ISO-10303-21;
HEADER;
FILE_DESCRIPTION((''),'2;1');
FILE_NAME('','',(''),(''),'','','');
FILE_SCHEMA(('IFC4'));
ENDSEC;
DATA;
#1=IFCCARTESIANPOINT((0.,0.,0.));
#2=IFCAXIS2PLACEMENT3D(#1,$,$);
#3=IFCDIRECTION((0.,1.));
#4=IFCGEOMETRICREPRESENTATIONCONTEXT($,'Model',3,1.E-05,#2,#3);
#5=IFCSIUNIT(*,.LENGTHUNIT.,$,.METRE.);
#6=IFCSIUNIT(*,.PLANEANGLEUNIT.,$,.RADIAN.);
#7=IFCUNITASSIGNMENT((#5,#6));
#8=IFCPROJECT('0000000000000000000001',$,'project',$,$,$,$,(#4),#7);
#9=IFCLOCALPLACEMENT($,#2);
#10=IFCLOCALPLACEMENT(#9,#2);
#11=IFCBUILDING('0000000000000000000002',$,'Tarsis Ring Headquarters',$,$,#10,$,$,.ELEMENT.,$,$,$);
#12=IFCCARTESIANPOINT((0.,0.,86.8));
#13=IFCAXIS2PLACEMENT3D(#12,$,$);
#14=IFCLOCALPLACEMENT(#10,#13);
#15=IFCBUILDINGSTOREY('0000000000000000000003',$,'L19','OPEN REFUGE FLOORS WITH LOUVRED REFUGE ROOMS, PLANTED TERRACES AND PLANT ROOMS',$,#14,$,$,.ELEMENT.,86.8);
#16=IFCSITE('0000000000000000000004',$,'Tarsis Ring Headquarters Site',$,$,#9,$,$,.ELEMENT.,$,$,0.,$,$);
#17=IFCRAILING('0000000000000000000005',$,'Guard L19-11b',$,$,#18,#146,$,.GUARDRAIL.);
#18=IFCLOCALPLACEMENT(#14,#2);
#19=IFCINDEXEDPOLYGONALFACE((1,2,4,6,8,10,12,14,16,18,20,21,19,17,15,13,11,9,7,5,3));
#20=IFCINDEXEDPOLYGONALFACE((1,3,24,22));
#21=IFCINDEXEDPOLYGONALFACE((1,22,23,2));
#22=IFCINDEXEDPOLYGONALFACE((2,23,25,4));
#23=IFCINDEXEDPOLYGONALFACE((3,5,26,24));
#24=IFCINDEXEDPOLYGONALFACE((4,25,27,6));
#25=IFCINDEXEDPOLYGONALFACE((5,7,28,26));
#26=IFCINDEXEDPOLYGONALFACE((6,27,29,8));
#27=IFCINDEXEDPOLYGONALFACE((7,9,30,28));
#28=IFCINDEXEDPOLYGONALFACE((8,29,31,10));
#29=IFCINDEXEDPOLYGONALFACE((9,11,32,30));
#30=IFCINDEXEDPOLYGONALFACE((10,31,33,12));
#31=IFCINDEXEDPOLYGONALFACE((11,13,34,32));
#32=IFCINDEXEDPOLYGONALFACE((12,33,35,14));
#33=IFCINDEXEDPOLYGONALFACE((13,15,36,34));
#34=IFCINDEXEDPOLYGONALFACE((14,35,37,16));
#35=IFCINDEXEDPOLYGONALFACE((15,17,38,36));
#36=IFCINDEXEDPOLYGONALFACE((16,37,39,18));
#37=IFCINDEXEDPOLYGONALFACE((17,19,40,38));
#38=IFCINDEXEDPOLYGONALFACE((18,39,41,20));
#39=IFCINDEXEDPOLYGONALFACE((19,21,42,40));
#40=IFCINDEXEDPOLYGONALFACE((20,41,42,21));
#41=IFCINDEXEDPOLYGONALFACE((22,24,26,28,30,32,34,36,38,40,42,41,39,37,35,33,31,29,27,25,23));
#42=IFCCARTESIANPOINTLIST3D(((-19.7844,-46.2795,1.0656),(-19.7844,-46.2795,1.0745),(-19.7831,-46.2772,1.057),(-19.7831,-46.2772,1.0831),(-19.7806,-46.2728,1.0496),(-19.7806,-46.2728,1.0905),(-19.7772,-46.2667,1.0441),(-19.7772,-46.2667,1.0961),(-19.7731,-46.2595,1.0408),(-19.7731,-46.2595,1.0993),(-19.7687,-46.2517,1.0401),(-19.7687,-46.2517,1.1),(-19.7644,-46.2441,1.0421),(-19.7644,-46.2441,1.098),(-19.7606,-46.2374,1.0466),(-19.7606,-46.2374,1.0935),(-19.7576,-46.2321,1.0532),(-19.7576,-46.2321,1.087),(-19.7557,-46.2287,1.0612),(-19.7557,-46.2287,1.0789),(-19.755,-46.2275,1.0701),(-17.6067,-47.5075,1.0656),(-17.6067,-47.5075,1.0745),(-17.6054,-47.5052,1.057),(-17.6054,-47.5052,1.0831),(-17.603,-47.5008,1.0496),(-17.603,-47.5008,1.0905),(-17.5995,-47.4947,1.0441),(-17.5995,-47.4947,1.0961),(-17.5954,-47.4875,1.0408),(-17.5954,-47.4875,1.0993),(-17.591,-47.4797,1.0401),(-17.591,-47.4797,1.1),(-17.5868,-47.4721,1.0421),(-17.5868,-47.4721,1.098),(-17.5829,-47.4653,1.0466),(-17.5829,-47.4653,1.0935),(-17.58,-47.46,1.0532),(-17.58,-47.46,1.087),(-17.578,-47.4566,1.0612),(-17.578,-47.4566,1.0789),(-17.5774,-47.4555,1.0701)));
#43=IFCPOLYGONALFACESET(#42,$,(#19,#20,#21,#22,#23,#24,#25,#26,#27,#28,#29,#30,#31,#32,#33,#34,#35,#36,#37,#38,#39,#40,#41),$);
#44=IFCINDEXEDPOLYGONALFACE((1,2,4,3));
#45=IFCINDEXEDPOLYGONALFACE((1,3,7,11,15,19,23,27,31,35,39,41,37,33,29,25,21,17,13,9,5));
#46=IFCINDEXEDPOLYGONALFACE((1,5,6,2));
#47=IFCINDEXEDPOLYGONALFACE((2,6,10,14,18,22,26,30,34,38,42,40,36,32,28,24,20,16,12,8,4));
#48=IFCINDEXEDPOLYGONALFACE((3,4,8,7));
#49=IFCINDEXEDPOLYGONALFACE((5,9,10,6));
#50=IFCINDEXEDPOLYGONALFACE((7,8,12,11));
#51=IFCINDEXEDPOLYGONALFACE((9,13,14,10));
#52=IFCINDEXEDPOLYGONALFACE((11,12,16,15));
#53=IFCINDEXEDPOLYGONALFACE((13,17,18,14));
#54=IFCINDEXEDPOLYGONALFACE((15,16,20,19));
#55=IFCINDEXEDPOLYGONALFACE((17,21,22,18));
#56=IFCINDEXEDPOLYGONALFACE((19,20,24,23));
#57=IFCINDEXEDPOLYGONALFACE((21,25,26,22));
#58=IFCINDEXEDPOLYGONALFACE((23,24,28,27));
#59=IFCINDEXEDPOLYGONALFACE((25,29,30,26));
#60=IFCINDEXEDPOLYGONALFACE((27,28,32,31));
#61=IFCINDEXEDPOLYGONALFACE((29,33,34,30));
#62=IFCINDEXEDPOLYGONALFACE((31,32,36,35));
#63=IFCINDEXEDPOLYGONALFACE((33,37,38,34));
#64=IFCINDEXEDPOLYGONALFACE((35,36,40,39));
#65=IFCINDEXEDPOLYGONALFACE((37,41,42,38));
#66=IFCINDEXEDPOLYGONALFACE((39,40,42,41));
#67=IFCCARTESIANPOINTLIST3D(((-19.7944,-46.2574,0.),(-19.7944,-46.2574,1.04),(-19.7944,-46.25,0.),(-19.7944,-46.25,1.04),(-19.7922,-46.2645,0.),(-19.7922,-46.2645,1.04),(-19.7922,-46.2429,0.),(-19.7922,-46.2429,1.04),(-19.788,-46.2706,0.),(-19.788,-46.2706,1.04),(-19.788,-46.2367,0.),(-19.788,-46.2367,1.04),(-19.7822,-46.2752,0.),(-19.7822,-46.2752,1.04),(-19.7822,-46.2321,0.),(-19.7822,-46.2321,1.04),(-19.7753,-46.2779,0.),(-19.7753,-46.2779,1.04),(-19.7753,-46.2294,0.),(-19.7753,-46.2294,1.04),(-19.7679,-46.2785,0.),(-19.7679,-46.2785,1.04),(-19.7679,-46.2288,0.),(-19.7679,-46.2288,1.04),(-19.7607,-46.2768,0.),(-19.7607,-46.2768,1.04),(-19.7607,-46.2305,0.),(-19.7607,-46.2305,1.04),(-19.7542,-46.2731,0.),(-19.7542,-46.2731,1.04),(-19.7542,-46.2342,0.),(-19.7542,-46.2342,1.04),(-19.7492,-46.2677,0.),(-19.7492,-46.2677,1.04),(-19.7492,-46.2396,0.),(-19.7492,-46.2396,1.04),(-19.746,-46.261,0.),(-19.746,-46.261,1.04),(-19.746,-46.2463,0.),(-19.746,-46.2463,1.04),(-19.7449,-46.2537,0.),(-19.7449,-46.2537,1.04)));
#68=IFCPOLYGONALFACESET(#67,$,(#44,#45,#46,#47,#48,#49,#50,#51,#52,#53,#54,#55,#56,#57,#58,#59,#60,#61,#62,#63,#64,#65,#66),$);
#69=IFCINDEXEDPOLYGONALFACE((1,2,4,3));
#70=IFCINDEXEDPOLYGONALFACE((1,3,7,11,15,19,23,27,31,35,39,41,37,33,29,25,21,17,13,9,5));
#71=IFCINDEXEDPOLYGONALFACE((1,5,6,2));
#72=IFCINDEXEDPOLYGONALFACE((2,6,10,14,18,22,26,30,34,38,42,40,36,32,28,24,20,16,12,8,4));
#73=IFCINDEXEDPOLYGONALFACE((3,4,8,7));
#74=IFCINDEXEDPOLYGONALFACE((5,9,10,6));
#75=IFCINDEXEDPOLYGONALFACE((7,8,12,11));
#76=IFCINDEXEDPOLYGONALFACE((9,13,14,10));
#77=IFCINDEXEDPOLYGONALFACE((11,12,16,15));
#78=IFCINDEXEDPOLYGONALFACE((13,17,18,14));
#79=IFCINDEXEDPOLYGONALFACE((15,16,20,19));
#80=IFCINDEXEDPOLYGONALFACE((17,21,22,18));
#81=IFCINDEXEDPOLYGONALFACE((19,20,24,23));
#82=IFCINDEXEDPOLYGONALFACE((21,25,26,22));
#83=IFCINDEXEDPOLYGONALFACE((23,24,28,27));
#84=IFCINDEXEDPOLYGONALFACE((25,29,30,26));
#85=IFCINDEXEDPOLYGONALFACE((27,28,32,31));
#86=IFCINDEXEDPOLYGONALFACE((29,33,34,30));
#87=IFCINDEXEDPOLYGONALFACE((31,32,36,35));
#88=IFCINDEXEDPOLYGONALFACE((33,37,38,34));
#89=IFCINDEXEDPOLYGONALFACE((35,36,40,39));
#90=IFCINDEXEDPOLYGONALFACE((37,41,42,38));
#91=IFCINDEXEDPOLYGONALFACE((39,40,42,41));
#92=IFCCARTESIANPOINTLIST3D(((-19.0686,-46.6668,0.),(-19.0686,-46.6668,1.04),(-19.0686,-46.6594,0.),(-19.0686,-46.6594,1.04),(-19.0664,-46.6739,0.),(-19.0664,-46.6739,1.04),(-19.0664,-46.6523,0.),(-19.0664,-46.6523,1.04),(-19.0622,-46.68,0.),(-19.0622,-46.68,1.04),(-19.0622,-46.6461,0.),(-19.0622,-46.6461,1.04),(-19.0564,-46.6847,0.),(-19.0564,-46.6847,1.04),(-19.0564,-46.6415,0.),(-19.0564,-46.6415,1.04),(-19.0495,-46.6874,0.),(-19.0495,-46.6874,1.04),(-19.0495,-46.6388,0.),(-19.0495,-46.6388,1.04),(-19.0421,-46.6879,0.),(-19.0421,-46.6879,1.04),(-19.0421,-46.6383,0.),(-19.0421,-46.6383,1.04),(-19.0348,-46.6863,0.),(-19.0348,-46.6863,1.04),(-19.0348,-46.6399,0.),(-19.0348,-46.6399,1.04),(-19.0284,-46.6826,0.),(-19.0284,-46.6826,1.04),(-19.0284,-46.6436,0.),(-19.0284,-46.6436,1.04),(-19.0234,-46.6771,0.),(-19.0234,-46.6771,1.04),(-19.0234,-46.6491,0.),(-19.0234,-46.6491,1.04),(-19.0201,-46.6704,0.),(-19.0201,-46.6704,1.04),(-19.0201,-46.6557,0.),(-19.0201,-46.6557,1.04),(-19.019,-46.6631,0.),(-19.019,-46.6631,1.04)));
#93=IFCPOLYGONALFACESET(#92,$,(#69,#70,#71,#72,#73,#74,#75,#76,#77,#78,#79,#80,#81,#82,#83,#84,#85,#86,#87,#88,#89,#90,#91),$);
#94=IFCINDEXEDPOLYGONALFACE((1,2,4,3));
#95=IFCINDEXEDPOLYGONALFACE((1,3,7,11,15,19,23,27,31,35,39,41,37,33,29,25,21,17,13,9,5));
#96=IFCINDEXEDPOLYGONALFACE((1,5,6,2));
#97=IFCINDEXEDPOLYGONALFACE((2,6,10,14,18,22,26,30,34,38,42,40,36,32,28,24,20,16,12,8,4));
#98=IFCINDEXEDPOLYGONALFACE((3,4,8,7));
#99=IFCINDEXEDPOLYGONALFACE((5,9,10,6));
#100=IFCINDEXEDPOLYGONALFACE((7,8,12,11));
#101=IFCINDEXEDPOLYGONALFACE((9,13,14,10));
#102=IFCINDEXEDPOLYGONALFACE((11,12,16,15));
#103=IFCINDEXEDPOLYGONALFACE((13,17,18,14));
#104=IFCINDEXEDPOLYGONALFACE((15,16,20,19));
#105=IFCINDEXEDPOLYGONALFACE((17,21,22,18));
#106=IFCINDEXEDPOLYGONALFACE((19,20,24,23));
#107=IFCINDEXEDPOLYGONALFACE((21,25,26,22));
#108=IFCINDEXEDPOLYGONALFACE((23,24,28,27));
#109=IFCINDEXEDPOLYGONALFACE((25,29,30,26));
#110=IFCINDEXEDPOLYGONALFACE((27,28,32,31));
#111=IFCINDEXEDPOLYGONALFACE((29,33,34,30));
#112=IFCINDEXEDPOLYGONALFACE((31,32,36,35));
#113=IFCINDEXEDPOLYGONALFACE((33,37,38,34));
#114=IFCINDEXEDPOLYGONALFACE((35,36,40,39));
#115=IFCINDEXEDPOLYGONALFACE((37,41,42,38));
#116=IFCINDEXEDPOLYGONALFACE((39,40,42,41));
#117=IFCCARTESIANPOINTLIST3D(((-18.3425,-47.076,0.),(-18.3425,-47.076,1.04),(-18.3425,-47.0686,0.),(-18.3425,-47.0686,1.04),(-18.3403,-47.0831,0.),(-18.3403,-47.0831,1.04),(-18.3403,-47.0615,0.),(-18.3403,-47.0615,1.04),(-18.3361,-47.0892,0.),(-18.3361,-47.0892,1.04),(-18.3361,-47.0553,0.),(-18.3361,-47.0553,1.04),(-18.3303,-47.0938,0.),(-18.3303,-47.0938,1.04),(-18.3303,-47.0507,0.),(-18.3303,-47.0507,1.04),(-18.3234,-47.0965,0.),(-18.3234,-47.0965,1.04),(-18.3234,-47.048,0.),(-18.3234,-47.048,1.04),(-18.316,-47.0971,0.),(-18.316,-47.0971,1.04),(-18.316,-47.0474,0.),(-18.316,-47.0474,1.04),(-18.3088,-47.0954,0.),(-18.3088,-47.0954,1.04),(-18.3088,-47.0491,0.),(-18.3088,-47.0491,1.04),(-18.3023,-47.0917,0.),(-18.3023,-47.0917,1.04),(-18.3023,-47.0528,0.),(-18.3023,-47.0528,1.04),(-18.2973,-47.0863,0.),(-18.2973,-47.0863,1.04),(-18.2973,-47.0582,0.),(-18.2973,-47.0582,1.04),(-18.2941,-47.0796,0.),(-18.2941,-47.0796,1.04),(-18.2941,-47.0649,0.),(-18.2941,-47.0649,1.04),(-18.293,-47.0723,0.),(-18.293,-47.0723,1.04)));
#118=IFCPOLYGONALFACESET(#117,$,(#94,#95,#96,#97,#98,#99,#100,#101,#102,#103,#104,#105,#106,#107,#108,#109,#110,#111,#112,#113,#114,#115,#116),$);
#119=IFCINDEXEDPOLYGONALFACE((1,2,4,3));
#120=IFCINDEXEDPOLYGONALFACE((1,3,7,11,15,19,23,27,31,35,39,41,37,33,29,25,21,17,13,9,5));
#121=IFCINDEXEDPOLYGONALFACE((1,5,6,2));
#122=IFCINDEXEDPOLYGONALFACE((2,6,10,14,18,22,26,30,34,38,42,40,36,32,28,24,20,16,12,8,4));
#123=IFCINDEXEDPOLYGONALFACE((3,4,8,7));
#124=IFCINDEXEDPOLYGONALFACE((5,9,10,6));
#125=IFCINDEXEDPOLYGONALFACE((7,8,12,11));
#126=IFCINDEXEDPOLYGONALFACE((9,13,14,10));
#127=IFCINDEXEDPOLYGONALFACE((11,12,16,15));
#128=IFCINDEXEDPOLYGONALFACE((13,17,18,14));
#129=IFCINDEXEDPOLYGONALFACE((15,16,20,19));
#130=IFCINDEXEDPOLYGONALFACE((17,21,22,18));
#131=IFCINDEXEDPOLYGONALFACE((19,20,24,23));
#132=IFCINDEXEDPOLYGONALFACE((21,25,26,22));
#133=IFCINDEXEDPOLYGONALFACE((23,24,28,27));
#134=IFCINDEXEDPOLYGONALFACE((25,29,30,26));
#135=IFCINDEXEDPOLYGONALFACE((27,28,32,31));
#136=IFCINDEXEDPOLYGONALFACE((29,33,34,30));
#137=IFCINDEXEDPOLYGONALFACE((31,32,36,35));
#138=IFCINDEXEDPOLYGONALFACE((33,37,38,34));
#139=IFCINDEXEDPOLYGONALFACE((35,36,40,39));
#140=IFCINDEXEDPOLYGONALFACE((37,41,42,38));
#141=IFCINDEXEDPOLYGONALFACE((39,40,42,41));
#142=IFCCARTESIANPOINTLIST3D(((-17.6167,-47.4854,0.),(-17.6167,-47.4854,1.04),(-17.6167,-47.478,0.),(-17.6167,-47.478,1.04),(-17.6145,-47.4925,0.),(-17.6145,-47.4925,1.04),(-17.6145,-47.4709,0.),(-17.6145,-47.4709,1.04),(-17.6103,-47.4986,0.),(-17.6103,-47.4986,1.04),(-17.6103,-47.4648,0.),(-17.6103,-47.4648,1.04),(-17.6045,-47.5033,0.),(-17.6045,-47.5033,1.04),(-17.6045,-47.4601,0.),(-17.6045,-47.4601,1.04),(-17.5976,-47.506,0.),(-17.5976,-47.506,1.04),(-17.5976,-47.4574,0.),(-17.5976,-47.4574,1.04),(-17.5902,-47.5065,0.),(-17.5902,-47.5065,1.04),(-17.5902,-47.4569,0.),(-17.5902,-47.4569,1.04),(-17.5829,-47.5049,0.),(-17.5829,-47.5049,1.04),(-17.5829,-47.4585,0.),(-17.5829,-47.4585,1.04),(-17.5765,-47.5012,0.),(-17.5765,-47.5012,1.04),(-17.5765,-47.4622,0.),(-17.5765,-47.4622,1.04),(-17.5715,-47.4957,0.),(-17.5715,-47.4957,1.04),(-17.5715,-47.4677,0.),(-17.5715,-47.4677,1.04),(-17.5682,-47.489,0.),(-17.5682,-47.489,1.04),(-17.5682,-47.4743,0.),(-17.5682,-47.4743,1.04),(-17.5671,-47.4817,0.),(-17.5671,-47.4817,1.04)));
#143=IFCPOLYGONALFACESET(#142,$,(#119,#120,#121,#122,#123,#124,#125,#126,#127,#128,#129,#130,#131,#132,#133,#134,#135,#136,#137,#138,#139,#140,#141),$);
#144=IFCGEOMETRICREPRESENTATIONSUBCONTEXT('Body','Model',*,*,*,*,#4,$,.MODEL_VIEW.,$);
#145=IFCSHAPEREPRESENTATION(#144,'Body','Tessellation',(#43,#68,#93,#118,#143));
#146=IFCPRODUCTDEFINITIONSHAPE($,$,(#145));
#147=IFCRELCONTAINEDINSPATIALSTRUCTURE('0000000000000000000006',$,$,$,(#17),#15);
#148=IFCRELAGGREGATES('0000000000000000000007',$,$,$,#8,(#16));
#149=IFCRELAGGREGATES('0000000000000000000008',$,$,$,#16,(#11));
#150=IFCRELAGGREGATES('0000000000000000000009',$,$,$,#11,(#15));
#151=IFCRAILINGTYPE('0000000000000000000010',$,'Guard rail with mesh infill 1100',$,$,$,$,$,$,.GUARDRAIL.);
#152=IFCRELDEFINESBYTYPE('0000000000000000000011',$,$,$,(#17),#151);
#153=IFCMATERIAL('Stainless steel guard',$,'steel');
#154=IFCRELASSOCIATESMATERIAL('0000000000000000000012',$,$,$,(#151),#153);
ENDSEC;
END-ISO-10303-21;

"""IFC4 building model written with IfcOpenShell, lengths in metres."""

from ifc_helpers import new_model, si_unit, direction, frame, origin, origin_2d, place, context, subcontext, project, spatial, circle, extrude, material, type_object, element, save


model = new_model("IFC4")

# Units and contexts
model_context = context("Model", 3, precision=1e-05, world=origin(), true_north=direction((0.0, 1.0)))
body_context = subcontext(model_context, "Body", "Model", "MODEL_VIEW")
ifc_project = project(units=[si_unit("LENGTHUNIT", "METRE"), si_unit("PLANEANGLEUNIT", "RADIAN")], contexts=[model_context])

# Site, building, storey
site_placement = place(None, origin())
site = spatial("IfcSite", under=ifc_project, at=site_placement, Name="Tarsis Ring Headquarters Site", CompositionType="ELEMENT", RefElevation=0.0)
building_placement = place(site_placement, origin())
building = spatial("IfcBuilding", under=site, at=building_placement, Name="Tarsis Ring Headquarters", CompositionType="ELEMENT")
storey_placement = place(building_placement, frame((0.0, 0.0, 86.8)))
storey = spatial("IfcBuildingStorey", under=building, at=storey_placement, Name="L19", Description="OPEN REFUGE FLOORS WITH LOUVRED REFUGE ROOMS, PLANTED TERRACES AND PLANT ROOMS", CompositionType="ELEMENT", Elevation=86.8)

# Railing
ifc_material_1 = material(Name="Stainless steel guard", Category="steel")
railing_type_1 = type_object("IfcRailingType", Name="Guard rail with mesh infill 1100", PredefinedType="GUARDRAIL", material=ifc_material_1)
railing_1_placement = place(storey_placement, frame((-19.7698, -46.2537, 0.0)))
element("IfcRailing", 1, at=railing_1_placement, inside=storey, type_object=railing_type_1, Name="Guard L19-11b", PredefinedType="GUARDRAIL", context=body_context, shape_type="SweptSolid", body=[
    extrude(circle(Radius=0.03, at=origin_2d()), frame((0.0, 0.0, 1.0701), z_axis=(0.871053, -0.491188, 0.0), x_axis=(0.491188, 0.871053, 0.0)), (0.0, 0.0, 1.0), 2.5),
    extrude(circle(Radius=0.0249, at=origin_2d()), origin(), (0.0, 0.0, 1.0), 1.04),
    extrude(circle(Radius=0.0249, at=origin_2d()), frame((0.7258, -0.4094, 0.0)), (0.0, 0.0, 1.0), 1.04),
    extrude(circle(Radius=0.0249, at=origin_2d()), frame((1.4519, -0.8186, 0.0)), (0.0, 0.0, 1.0), 1.04),
    extrude(circle(Radius=0.0249, at=origin_2d()), frame((2.1777, -1.228, 0.0)), (0.0, 0.0, 1.0), 1.04),
])

save(model, "model.ifc")
